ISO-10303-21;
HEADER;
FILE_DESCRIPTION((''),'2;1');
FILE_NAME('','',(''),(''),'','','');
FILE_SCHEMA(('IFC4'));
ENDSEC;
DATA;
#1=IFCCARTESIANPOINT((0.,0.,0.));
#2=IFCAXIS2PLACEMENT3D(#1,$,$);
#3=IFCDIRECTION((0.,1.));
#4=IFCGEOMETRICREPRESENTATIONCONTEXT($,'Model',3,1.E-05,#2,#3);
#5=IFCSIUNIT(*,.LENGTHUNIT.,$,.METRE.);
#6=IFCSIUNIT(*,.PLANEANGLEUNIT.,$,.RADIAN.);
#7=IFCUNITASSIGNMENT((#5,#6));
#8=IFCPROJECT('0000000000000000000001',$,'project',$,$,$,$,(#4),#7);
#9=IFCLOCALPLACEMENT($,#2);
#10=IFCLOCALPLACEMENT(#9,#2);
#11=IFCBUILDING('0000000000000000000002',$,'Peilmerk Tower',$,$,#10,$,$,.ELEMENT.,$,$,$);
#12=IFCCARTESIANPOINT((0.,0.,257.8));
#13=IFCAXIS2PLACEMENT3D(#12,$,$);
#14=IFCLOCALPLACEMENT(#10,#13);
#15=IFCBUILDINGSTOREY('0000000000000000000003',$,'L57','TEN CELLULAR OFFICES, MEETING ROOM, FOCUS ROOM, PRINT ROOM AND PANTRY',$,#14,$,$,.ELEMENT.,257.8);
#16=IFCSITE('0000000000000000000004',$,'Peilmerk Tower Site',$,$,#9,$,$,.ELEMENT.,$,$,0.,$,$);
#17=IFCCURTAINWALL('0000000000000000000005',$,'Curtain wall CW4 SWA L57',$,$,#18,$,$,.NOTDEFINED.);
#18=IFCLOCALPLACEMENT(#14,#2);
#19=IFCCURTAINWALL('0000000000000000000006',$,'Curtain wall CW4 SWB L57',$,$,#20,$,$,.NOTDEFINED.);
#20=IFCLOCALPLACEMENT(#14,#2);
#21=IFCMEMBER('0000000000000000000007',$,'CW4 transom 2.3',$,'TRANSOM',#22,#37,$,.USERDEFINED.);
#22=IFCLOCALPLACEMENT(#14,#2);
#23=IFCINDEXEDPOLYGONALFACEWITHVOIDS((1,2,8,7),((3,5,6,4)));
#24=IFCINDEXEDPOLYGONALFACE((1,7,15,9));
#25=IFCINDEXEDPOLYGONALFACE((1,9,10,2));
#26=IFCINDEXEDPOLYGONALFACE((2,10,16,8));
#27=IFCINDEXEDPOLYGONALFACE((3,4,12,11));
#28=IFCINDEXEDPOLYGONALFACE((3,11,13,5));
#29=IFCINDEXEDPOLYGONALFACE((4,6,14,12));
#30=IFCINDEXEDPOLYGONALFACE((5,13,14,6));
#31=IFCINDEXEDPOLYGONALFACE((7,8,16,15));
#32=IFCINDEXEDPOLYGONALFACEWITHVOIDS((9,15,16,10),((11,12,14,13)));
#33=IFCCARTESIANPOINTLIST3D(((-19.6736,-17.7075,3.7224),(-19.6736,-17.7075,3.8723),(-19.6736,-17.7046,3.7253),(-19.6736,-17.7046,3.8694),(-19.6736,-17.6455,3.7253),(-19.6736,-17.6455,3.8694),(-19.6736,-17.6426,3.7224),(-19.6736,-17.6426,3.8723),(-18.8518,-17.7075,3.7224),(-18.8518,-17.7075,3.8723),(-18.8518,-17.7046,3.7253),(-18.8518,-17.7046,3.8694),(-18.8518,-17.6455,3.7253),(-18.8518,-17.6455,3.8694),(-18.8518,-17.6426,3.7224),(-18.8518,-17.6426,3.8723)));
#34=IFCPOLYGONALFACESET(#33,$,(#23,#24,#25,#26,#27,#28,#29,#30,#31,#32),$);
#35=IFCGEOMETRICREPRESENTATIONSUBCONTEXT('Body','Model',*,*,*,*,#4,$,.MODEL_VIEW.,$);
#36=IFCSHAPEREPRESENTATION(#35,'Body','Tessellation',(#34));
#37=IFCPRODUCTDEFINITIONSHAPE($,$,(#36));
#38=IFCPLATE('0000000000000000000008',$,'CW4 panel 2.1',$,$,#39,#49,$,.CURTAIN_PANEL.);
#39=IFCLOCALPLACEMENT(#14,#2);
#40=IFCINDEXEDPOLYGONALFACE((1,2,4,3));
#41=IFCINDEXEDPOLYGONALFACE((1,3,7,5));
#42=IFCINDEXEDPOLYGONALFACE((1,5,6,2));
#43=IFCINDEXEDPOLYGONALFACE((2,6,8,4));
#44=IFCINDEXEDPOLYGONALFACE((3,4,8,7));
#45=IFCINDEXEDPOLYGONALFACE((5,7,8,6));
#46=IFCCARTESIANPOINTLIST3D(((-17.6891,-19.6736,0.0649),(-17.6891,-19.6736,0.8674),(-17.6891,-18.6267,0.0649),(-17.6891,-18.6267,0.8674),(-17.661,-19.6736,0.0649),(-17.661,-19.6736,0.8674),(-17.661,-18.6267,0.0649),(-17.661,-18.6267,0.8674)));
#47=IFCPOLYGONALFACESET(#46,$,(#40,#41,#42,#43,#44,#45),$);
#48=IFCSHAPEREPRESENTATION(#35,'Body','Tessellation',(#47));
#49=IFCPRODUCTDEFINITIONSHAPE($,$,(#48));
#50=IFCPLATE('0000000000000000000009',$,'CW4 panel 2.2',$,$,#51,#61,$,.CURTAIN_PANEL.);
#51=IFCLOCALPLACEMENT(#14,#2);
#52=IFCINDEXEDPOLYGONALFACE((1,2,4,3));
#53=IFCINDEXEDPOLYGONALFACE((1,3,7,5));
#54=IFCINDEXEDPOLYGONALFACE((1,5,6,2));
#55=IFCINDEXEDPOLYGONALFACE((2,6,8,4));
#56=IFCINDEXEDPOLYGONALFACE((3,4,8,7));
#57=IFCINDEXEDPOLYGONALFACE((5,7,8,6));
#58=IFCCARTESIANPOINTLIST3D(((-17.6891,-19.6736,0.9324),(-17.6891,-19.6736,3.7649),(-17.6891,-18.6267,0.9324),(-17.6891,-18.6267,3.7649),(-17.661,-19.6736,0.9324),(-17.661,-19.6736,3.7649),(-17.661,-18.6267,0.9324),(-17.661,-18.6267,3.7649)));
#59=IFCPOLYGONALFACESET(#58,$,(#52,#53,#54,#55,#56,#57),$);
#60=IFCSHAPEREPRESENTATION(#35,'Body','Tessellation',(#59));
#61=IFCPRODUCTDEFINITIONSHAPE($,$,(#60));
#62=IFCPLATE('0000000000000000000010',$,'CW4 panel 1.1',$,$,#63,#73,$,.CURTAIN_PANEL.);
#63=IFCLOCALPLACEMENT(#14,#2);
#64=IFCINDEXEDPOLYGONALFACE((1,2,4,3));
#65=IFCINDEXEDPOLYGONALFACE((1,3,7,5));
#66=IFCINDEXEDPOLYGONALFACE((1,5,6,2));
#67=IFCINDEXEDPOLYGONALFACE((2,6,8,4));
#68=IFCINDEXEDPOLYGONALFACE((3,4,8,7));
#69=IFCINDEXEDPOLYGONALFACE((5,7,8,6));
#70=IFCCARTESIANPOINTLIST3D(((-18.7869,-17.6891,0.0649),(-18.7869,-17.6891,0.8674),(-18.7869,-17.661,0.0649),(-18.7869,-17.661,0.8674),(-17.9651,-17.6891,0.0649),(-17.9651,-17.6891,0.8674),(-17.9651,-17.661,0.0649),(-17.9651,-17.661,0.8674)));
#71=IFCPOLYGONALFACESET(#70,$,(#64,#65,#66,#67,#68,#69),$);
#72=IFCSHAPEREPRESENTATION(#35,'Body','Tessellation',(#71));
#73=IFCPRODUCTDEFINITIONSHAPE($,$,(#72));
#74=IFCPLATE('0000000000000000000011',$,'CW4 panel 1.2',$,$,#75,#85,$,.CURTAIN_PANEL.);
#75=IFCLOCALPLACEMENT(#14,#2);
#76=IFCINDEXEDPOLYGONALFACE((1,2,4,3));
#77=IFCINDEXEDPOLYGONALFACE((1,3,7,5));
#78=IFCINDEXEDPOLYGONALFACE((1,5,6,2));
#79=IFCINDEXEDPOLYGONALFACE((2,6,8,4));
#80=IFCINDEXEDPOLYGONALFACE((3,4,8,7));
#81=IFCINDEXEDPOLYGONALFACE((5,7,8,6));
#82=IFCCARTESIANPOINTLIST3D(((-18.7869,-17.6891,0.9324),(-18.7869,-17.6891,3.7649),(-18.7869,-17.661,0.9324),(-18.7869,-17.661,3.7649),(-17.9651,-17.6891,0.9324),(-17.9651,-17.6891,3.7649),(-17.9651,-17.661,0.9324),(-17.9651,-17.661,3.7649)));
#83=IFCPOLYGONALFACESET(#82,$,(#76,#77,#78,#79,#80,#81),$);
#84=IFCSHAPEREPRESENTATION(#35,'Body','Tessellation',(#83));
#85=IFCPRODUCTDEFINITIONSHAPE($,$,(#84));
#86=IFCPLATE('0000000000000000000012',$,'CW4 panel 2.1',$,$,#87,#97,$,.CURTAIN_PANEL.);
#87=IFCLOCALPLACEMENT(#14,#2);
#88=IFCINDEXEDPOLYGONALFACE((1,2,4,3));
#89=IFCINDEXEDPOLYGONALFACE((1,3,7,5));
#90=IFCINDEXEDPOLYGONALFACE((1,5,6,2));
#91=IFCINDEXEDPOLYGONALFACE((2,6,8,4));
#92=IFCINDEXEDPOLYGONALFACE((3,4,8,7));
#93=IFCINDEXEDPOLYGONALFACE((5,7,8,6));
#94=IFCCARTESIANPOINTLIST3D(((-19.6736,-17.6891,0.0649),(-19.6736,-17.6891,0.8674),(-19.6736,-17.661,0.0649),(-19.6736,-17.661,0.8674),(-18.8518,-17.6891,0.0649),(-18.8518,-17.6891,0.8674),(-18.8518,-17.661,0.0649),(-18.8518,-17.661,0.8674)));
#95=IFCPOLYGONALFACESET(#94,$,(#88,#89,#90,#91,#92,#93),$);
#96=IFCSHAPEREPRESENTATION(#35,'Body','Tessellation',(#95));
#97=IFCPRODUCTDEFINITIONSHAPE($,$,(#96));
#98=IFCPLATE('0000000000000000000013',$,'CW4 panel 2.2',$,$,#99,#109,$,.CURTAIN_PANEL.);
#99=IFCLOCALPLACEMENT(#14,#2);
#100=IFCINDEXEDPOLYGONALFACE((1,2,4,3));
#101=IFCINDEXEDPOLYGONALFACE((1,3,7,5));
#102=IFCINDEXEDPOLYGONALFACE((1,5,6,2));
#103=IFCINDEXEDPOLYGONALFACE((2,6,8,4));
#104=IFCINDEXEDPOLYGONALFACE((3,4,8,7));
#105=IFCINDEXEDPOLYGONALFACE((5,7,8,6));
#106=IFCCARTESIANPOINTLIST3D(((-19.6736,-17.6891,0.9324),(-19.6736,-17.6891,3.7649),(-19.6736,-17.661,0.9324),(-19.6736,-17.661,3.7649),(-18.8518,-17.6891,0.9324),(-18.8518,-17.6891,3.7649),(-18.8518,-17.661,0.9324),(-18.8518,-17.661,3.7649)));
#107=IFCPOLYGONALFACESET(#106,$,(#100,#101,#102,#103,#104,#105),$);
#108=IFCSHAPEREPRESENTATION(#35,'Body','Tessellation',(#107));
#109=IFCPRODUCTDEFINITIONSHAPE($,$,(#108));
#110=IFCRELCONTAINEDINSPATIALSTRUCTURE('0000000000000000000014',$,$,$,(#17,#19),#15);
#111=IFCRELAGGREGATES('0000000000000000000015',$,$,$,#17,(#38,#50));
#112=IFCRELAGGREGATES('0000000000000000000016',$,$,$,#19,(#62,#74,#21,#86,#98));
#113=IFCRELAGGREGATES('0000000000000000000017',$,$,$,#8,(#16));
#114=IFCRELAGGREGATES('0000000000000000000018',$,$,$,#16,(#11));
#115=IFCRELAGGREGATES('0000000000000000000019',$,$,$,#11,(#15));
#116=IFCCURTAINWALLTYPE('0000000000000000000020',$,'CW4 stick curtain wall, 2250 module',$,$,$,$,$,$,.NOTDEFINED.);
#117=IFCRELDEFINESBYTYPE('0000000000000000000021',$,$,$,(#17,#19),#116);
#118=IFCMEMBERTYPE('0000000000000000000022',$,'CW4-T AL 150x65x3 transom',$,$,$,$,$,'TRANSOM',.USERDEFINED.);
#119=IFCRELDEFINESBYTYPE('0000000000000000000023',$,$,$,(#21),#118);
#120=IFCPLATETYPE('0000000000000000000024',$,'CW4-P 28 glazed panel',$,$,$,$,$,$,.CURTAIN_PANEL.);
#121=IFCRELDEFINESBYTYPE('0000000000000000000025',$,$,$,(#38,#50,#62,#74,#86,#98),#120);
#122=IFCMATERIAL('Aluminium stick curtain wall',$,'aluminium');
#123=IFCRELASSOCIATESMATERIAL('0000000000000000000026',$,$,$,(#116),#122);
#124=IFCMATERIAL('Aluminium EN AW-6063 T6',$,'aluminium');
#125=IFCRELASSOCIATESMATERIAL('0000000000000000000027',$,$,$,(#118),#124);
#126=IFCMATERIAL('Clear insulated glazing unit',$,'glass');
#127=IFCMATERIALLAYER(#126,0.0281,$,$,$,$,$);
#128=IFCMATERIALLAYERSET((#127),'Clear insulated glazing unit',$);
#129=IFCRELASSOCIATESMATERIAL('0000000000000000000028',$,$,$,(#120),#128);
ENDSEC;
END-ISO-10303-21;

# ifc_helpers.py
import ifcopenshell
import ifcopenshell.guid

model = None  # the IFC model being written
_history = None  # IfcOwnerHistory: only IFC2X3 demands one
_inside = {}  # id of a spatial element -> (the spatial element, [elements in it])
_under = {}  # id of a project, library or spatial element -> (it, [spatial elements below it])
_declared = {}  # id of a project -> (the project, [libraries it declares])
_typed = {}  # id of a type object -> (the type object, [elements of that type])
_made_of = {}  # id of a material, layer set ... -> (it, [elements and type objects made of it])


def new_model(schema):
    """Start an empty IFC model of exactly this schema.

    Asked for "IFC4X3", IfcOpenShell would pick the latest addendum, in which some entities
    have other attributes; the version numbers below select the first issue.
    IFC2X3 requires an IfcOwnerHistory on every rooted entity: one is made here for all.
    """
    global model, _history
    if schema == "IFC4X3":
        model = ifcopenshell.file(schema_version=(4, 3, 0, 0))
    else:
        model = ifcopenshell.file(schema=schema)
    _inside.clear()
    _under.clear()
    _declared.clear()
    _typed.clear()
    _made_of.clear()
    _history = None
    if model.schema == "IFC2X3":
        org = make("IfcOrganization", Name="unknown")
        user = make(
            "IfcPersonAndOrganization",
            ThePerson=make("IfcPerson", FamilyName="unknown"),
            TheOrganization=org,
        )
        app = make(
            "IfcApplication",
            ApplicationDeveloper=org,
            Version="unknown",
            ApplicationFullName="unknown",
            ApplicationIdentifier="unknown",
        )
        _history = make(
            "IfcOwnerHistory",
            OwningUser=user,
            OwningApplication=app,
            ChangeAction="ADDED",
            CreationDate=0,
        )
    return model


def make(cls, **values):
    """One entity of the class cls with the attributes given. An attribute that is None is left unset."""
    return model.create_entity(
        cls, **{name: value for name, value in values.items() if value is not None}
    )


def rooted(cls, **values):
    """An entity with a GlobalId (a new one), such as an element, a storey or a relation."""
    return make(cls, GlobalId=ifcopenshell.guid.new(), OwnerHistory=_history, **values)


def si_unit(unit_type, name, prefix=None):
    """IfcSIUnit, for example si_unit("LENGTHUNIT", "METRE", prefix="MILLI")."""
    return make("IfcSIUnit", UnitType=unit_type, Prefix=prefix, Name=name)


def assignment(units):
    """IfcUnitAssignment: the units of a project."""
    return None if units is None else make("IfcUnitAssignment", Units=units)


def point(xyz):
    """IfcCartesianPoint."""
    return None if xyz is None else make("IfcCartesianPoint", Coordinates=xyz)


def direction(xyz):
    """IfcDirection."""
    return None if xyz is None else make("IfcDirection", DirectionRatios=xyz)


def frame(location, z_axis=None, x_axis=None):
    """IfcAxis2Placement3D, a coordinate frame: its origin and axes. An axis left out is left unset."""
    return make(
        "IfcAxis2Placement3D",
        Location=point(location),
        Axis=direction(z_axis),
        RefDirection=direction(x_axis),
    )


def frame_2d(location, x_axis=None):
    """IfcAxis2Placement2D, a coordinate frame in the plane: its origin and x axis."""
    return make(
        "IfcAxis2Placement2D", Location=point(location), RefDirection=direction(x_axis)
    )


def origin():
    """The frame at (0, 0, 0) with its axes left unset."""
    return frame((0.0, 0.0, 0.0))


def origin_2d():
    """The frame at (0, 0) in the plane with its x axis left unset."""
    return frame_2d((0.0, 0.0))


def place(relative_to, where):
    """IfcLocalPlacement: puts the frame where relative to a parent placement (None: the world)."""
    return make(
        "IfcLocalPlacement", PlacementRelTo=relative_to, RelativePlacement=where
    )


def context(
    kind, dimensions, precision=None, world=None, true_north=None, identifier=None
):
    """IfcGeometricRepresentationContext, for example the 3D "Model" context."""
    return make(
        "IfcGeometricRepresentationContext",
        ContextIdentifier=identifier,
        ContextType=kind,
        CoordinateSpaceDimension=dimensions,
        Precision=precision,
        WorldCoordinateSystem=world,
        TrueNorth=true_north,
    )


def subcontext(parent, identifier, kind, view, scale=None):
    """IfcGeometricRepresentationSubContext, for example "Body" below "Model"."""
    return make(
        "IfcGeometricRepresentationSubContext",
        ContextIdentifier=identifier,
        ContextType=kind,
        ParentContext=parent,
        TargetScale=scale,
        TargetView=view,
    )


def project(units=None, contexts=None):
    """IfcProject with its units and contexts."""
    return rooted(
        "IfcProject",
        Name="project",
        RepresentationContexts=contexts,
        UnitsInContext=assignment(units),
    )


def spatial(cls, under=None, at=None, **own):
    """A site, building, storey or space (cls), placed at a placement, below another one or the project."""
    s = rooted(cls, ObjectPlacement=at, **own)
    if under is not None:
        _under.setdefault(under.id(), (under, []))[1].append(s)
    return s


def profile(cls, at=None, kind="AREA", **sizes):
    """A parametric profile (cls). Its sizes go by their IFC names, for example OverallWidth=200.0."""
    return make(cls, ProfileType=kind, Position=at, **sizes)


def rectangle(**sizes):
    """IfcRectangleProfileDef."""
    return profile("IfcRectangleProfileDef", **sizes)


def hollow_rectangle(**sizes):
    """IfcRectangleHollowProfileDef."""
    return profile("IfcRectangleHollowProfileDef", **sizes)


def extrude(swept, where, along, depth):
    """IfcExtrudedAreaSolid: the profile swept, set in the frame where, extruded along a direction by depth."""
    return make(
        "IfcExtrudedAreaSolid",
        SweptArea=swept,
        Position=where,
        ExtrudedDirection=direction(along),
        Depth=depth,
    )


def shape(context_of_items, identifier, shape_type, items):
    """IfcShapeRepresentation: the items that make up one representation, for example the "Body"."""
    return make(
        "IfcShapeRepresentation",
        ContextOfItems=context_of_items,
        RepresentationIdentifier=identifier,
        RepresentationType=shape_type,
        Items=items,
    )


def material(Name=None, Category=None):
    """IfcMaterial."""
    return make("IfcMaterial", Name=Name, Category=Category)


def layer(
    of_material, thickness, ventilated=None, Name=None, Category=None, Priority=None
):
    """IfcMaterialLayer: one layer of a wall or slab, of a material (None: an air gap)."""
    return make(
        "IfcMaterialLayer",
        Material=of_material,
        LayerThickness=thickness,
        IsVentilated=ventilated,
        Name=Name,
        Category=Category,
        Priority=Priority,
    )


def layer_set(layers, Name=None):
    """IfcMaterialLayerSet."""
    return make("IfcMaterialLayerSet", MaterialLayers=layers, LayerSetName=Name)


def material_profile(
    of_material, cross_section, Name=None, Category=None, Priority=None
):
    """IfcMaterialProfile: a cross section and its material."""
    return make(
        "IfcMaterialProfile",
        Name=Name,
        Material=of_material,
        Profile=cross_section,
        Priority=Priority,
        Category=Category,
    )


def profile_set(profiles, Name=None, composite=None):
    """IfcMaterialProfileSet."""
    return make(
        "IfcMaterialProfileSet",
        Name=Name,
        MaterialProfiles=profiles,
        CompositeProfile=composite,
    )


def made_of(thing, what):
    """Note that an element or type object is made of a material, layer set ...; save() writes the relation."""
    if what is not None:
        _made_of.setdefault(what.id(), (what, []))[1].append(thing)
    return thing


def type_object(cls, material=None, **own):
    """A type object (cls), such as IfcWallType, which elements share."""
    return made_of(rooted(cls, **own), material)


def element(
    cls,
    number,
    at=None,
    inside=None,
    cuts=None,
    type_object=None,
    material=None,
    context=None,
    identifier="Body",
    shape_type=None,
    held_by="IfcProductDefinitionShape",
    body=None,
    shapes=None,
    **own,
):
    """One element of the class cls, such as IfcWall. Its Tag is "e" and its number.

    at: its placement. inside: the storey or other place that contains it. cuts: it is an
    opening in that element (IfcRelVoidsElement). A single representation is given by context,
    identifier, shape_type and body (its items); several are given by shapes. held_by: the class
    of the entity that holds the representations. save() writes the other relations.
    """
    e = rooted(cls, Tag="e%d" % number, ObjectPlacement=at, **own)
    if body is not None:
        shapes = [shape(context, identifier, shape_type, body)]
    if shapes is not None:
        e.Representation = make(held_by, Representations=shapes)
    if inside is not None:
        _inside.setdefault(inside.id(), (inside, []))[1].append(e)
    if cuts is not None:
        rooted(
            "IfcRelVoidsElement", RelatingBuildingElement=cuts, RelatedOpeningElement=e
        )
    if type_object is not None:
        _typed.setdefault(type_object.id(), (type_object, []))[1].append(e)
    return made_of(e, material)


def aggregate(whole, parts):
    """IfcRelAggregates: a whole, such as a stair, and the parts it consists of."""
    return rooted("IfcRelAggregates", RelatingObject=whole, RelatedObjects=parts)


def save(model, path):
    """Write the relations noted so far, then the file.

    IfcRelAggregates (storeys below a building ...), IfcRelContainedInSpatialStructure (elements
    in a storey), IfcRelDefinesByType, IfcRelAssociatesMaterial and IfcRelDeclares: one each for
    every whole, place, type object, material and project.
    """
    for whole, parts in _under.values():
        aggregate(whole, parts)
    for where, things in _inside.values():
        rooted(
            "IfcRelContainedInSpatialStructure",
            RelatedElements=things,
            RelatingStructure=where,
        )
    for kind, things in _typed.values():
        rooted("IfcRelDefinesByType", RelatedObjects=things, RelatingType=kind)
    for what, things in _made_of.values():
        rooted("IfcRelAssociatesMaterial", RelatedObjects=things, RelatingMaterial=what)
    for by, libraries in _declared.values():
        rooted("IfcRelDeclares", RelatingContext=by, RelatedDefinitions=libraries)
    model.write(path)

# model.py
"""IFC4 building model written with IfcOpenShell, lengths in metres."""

from ifc_helpers import new_model, si_unit, direction, frame, origin, origin_2d, place, context, subcontext, project, spatial, rectangle, hollow_rectangle, extrude, material, layer, layer_set, material_profile, profile_set, type_object, element, aggregate, save


model = new_model("IFC4")

# Units and contexts
model_context = context("Model", 3, precision=1e-05, world=origin(), true_north=direction((0.0, 1.0)))
body_context = subcontext(model_context, "Body", "Model", "MODEL_VIEW")
ifc_project = project(units=[si_unit("LENGTHUNIT", "METRE"), si_unit("PLANEANGLEUNIT", "RADIAN")], contexts=[model_context])

# Site, building, storey
site_placement = place(None, origin())
site = spatial("IfcSite", under=ifc_project, at=site_placement, Name="Peilmerk Tower Site", CompositionType="ELEMENT", RefElevation=0.0)
building_placement = place(site_placement, origin())
building = spatial("IfcBuilding", under=site, at=building_placement, Name="Peilmerk Tower", CompositionType="ELEMENT")
storey_placement = place(building_placement, frame((0.0, 0.0, 257.8)))
storey = spatial("IfcBuildingStorey", under=building, at=storey_placement, Name="L57", Description="TEN CELLULAR OFFICES, MEETING ROOM, FOCUS ROOM, PRINT ROOM AND PANTRY", CompositionType="ELEMENT", Elevation=257.8)

# Curtain wall
ifc_material_1 = material(Name="Aluminium stick curtain wall", Category="aluminium")
curtain_wall_type = type_object("IfcCurtainWallType", Name="CW4 stick curtain wall, 2250 module", PredefinedType="NOTDEFINED", material=ifc_material_1)
curtain_wall_1_placement = place(storey_placement, origin())
curtain_wall_1 = element("IfcCurtainWall", 1, at=curtain_wall_1_placement, inside=storey, type_object=curtain_wall_type, Name="Curtain wall CW4 SWA L57", PredefinedType="NOTDEFINED")
ifc_material_2 = material(Name="Aluminium EN AW-6063 T6", Category="aluminium")

# Curtain wall
curtain_wall_2_placement = place(storey_placement, origin())
curtain_wall_2 = element("IfcCurtainWall", 2, at=curtain_wall_2_placement, inside=storey, type_object=curtain_wall_type, Name="Curtain wall CW4 SWB L57", PredefinedType="NOTDEFINED")

# Member
ifc_material_profile_1 = material_profile(ifc_material_2, hollow_rectangle(XDim=0.0649, YDim=0.1499, WallThickness=0.0029, at=origin_2d()), Name="AL 150x65x3")
ifc_profile_set_1 = profile_set([ifc_material_profile_1], Name="Aluminium EN AW-6063 T6")
member_type_1 = type_object("IfcMemberType", Name="CW4-T AL 150x65x3 transom", ElementType="TRANSOM", PredefinedType="USERDEFINED", material=ifc_profile_set_1)
member_1_placement = place(storey_placement, frame((-18.8518, -17.675, 3.7974), z_axis=(-1.0, 0.0, 0.0), x_axis=(0.0, -1.0, 0.0)))
member_1 = element("IfcMember", 3, at=member_1_placement, type_object=member_type_1, Name="CW4 transom 2.3", ObjectType="TRANSOM", PredefinedType="USERDEFINED", context=body_context, shape_type="SweptSolid", body=[
    extrude(hollow_rectangle(XDim=0.0649, YDim=0.1499, WallThickness=0.0029, at=origin_2d()), origin(), (0.0, 0.0, 1.0), 0.8218),
])

# Plates
ifc_material_3 = material(Name="Clear insulated glazing unit", Category="glass")
ifc_layer_1 = layer(ifc_material_3, 0.0281)
ifc_layer_set_1 = layer_set([ifc_layer_1], Name="Clear insulated glazing unit")
plate_type = type_object("IfcPlateType", Name="CW4-P 28 glazed panel", PredefinedType="CURTAIN_PANEL", material=ifc_layer_set_1)
plate_1_placement = place(storey_placement, frame((-17.675, -19.1501, 0.0649), z_axis=(0.0, 0.0, 1.0), x_axis=(0.0, -1.0, 0.0)))
plate_1 = element("IfcPlate", 4, at=plate_1_placement, type_object=plate_type, Name="CW4 panel 2.1", PredefinedType="CURTAIN_PANEL", context=body_context, shape_type="SweptSolid", body=[
    extrude(rectangle(XDim=1.0469, YDim=0.0281, at=origin_2d()), origin(), (0.0, 0.0, 1.0), 0.8025),
])
plate_2_placement = place(storey_placement, frame((-17.675, -19.1501, 0.9324), z_axis=(0.0, 0.0, 1.0), x_axis=(0.0, -1.0, 0.0)))
plate_2 = element("IfcPlate", 5, at=plate_2_placement, type_object=plate_type, Name="CW4 panel 2.2", PredefinedType="CURTAIN_PANEL", context=body_context, shape_type="SweptSolid", body=[
    extrude(rectangle(XDim=1.0469, YDim=0.0281, at=origin_2d()), origin(), (0.0, 0.0, 1.0), 2.8325),
])
aggregate(curtain_wall_1, [plate_1, plate_2])
plate_3_placement = place(storey_placement, frame((-18.376, -17.675, 0.0649), z_axis=(0.0, 0.0, 1.0), x_axis=(-1.0, 0.0, 0.0)))
plate_3 = element("IfcPlate", 6, at=plate_3_placement, type_object=plate_type, Name="CW4 panel 1.1", PredefinedType="CURTAIN_PANEL", context=body_context, shape_type="SweptSolid", body=[
    extrude(rectangle(XDim=0.8218, YDim=0.0281, at=origin_2d()), origin(), (0.0, 0.0, 1.0), 0.8025),
])
plate_4_placement = place(storey_placement, frame((-18.376, -17.675, 0.9324), z_axis=(0.0, 0.0, 1.0), x_axis=(-1.0, 0.0, 0.0)))
plate_4 = element("IfcPlate", 7, at=plate_4_placement, type_object=plate_type, Name="CW4 panel 1.2", PredefinedType="CURTAIN_PANEL", context=body_context, shape_type="SweptSolid", body=[
    extrude(rectangle(XDim=0.8218, YDim=0.0281, at=origin_2d()), origin(), (0.0, 0.0, 1.0), 2.8325),
])
plate_5_placement = place(storey_placement, frame((-19.2627, -17.675, 0.0649), z_axis=(0.0, 0.0, 1.0), x_axis=(-1.0, 0.0, 0.0)))
plate_5 = element("IfcPlate", 8, at=plate_5_placement, type_object=plate_type, Name="CW4 panel 2.1", PredefinedType="CURTAIN_PANEL", context=body_context, shape_type="SweptSolid", body=[
    extrude(rectangle(XDim=0.8218, YDim=0.0281, at=origin_2d()), origin(), (0.0, 0.0, 1.0), 0.8025),
])
plate_6_placement = place(storey_placement, frame((-19.2627, -17.675, 0.9324), z_axis=(0.0, 0.0, 1.0), x_axis=(-1.0, 0.0, 0.0)))
plate_6 = element("IfcPlate", 9, at=plate_6_placement, type_object=plate_type, Name="CW4 panel 2.2", PredefinedType="CURTAIN_PANEL", context=body_context, shape_type="SweptSolid", body=[
    extrude(rectangle(XDim=0.8218, YDim=0.0281, at=origin_2d()), origin(), (0.0, 0.0, 1.0), 2.8325),
])
aggregate(curtain_wall_2, [plate_3, plate_4, member_1, plate_5, plate_6])

save(model, "model.ifc")
